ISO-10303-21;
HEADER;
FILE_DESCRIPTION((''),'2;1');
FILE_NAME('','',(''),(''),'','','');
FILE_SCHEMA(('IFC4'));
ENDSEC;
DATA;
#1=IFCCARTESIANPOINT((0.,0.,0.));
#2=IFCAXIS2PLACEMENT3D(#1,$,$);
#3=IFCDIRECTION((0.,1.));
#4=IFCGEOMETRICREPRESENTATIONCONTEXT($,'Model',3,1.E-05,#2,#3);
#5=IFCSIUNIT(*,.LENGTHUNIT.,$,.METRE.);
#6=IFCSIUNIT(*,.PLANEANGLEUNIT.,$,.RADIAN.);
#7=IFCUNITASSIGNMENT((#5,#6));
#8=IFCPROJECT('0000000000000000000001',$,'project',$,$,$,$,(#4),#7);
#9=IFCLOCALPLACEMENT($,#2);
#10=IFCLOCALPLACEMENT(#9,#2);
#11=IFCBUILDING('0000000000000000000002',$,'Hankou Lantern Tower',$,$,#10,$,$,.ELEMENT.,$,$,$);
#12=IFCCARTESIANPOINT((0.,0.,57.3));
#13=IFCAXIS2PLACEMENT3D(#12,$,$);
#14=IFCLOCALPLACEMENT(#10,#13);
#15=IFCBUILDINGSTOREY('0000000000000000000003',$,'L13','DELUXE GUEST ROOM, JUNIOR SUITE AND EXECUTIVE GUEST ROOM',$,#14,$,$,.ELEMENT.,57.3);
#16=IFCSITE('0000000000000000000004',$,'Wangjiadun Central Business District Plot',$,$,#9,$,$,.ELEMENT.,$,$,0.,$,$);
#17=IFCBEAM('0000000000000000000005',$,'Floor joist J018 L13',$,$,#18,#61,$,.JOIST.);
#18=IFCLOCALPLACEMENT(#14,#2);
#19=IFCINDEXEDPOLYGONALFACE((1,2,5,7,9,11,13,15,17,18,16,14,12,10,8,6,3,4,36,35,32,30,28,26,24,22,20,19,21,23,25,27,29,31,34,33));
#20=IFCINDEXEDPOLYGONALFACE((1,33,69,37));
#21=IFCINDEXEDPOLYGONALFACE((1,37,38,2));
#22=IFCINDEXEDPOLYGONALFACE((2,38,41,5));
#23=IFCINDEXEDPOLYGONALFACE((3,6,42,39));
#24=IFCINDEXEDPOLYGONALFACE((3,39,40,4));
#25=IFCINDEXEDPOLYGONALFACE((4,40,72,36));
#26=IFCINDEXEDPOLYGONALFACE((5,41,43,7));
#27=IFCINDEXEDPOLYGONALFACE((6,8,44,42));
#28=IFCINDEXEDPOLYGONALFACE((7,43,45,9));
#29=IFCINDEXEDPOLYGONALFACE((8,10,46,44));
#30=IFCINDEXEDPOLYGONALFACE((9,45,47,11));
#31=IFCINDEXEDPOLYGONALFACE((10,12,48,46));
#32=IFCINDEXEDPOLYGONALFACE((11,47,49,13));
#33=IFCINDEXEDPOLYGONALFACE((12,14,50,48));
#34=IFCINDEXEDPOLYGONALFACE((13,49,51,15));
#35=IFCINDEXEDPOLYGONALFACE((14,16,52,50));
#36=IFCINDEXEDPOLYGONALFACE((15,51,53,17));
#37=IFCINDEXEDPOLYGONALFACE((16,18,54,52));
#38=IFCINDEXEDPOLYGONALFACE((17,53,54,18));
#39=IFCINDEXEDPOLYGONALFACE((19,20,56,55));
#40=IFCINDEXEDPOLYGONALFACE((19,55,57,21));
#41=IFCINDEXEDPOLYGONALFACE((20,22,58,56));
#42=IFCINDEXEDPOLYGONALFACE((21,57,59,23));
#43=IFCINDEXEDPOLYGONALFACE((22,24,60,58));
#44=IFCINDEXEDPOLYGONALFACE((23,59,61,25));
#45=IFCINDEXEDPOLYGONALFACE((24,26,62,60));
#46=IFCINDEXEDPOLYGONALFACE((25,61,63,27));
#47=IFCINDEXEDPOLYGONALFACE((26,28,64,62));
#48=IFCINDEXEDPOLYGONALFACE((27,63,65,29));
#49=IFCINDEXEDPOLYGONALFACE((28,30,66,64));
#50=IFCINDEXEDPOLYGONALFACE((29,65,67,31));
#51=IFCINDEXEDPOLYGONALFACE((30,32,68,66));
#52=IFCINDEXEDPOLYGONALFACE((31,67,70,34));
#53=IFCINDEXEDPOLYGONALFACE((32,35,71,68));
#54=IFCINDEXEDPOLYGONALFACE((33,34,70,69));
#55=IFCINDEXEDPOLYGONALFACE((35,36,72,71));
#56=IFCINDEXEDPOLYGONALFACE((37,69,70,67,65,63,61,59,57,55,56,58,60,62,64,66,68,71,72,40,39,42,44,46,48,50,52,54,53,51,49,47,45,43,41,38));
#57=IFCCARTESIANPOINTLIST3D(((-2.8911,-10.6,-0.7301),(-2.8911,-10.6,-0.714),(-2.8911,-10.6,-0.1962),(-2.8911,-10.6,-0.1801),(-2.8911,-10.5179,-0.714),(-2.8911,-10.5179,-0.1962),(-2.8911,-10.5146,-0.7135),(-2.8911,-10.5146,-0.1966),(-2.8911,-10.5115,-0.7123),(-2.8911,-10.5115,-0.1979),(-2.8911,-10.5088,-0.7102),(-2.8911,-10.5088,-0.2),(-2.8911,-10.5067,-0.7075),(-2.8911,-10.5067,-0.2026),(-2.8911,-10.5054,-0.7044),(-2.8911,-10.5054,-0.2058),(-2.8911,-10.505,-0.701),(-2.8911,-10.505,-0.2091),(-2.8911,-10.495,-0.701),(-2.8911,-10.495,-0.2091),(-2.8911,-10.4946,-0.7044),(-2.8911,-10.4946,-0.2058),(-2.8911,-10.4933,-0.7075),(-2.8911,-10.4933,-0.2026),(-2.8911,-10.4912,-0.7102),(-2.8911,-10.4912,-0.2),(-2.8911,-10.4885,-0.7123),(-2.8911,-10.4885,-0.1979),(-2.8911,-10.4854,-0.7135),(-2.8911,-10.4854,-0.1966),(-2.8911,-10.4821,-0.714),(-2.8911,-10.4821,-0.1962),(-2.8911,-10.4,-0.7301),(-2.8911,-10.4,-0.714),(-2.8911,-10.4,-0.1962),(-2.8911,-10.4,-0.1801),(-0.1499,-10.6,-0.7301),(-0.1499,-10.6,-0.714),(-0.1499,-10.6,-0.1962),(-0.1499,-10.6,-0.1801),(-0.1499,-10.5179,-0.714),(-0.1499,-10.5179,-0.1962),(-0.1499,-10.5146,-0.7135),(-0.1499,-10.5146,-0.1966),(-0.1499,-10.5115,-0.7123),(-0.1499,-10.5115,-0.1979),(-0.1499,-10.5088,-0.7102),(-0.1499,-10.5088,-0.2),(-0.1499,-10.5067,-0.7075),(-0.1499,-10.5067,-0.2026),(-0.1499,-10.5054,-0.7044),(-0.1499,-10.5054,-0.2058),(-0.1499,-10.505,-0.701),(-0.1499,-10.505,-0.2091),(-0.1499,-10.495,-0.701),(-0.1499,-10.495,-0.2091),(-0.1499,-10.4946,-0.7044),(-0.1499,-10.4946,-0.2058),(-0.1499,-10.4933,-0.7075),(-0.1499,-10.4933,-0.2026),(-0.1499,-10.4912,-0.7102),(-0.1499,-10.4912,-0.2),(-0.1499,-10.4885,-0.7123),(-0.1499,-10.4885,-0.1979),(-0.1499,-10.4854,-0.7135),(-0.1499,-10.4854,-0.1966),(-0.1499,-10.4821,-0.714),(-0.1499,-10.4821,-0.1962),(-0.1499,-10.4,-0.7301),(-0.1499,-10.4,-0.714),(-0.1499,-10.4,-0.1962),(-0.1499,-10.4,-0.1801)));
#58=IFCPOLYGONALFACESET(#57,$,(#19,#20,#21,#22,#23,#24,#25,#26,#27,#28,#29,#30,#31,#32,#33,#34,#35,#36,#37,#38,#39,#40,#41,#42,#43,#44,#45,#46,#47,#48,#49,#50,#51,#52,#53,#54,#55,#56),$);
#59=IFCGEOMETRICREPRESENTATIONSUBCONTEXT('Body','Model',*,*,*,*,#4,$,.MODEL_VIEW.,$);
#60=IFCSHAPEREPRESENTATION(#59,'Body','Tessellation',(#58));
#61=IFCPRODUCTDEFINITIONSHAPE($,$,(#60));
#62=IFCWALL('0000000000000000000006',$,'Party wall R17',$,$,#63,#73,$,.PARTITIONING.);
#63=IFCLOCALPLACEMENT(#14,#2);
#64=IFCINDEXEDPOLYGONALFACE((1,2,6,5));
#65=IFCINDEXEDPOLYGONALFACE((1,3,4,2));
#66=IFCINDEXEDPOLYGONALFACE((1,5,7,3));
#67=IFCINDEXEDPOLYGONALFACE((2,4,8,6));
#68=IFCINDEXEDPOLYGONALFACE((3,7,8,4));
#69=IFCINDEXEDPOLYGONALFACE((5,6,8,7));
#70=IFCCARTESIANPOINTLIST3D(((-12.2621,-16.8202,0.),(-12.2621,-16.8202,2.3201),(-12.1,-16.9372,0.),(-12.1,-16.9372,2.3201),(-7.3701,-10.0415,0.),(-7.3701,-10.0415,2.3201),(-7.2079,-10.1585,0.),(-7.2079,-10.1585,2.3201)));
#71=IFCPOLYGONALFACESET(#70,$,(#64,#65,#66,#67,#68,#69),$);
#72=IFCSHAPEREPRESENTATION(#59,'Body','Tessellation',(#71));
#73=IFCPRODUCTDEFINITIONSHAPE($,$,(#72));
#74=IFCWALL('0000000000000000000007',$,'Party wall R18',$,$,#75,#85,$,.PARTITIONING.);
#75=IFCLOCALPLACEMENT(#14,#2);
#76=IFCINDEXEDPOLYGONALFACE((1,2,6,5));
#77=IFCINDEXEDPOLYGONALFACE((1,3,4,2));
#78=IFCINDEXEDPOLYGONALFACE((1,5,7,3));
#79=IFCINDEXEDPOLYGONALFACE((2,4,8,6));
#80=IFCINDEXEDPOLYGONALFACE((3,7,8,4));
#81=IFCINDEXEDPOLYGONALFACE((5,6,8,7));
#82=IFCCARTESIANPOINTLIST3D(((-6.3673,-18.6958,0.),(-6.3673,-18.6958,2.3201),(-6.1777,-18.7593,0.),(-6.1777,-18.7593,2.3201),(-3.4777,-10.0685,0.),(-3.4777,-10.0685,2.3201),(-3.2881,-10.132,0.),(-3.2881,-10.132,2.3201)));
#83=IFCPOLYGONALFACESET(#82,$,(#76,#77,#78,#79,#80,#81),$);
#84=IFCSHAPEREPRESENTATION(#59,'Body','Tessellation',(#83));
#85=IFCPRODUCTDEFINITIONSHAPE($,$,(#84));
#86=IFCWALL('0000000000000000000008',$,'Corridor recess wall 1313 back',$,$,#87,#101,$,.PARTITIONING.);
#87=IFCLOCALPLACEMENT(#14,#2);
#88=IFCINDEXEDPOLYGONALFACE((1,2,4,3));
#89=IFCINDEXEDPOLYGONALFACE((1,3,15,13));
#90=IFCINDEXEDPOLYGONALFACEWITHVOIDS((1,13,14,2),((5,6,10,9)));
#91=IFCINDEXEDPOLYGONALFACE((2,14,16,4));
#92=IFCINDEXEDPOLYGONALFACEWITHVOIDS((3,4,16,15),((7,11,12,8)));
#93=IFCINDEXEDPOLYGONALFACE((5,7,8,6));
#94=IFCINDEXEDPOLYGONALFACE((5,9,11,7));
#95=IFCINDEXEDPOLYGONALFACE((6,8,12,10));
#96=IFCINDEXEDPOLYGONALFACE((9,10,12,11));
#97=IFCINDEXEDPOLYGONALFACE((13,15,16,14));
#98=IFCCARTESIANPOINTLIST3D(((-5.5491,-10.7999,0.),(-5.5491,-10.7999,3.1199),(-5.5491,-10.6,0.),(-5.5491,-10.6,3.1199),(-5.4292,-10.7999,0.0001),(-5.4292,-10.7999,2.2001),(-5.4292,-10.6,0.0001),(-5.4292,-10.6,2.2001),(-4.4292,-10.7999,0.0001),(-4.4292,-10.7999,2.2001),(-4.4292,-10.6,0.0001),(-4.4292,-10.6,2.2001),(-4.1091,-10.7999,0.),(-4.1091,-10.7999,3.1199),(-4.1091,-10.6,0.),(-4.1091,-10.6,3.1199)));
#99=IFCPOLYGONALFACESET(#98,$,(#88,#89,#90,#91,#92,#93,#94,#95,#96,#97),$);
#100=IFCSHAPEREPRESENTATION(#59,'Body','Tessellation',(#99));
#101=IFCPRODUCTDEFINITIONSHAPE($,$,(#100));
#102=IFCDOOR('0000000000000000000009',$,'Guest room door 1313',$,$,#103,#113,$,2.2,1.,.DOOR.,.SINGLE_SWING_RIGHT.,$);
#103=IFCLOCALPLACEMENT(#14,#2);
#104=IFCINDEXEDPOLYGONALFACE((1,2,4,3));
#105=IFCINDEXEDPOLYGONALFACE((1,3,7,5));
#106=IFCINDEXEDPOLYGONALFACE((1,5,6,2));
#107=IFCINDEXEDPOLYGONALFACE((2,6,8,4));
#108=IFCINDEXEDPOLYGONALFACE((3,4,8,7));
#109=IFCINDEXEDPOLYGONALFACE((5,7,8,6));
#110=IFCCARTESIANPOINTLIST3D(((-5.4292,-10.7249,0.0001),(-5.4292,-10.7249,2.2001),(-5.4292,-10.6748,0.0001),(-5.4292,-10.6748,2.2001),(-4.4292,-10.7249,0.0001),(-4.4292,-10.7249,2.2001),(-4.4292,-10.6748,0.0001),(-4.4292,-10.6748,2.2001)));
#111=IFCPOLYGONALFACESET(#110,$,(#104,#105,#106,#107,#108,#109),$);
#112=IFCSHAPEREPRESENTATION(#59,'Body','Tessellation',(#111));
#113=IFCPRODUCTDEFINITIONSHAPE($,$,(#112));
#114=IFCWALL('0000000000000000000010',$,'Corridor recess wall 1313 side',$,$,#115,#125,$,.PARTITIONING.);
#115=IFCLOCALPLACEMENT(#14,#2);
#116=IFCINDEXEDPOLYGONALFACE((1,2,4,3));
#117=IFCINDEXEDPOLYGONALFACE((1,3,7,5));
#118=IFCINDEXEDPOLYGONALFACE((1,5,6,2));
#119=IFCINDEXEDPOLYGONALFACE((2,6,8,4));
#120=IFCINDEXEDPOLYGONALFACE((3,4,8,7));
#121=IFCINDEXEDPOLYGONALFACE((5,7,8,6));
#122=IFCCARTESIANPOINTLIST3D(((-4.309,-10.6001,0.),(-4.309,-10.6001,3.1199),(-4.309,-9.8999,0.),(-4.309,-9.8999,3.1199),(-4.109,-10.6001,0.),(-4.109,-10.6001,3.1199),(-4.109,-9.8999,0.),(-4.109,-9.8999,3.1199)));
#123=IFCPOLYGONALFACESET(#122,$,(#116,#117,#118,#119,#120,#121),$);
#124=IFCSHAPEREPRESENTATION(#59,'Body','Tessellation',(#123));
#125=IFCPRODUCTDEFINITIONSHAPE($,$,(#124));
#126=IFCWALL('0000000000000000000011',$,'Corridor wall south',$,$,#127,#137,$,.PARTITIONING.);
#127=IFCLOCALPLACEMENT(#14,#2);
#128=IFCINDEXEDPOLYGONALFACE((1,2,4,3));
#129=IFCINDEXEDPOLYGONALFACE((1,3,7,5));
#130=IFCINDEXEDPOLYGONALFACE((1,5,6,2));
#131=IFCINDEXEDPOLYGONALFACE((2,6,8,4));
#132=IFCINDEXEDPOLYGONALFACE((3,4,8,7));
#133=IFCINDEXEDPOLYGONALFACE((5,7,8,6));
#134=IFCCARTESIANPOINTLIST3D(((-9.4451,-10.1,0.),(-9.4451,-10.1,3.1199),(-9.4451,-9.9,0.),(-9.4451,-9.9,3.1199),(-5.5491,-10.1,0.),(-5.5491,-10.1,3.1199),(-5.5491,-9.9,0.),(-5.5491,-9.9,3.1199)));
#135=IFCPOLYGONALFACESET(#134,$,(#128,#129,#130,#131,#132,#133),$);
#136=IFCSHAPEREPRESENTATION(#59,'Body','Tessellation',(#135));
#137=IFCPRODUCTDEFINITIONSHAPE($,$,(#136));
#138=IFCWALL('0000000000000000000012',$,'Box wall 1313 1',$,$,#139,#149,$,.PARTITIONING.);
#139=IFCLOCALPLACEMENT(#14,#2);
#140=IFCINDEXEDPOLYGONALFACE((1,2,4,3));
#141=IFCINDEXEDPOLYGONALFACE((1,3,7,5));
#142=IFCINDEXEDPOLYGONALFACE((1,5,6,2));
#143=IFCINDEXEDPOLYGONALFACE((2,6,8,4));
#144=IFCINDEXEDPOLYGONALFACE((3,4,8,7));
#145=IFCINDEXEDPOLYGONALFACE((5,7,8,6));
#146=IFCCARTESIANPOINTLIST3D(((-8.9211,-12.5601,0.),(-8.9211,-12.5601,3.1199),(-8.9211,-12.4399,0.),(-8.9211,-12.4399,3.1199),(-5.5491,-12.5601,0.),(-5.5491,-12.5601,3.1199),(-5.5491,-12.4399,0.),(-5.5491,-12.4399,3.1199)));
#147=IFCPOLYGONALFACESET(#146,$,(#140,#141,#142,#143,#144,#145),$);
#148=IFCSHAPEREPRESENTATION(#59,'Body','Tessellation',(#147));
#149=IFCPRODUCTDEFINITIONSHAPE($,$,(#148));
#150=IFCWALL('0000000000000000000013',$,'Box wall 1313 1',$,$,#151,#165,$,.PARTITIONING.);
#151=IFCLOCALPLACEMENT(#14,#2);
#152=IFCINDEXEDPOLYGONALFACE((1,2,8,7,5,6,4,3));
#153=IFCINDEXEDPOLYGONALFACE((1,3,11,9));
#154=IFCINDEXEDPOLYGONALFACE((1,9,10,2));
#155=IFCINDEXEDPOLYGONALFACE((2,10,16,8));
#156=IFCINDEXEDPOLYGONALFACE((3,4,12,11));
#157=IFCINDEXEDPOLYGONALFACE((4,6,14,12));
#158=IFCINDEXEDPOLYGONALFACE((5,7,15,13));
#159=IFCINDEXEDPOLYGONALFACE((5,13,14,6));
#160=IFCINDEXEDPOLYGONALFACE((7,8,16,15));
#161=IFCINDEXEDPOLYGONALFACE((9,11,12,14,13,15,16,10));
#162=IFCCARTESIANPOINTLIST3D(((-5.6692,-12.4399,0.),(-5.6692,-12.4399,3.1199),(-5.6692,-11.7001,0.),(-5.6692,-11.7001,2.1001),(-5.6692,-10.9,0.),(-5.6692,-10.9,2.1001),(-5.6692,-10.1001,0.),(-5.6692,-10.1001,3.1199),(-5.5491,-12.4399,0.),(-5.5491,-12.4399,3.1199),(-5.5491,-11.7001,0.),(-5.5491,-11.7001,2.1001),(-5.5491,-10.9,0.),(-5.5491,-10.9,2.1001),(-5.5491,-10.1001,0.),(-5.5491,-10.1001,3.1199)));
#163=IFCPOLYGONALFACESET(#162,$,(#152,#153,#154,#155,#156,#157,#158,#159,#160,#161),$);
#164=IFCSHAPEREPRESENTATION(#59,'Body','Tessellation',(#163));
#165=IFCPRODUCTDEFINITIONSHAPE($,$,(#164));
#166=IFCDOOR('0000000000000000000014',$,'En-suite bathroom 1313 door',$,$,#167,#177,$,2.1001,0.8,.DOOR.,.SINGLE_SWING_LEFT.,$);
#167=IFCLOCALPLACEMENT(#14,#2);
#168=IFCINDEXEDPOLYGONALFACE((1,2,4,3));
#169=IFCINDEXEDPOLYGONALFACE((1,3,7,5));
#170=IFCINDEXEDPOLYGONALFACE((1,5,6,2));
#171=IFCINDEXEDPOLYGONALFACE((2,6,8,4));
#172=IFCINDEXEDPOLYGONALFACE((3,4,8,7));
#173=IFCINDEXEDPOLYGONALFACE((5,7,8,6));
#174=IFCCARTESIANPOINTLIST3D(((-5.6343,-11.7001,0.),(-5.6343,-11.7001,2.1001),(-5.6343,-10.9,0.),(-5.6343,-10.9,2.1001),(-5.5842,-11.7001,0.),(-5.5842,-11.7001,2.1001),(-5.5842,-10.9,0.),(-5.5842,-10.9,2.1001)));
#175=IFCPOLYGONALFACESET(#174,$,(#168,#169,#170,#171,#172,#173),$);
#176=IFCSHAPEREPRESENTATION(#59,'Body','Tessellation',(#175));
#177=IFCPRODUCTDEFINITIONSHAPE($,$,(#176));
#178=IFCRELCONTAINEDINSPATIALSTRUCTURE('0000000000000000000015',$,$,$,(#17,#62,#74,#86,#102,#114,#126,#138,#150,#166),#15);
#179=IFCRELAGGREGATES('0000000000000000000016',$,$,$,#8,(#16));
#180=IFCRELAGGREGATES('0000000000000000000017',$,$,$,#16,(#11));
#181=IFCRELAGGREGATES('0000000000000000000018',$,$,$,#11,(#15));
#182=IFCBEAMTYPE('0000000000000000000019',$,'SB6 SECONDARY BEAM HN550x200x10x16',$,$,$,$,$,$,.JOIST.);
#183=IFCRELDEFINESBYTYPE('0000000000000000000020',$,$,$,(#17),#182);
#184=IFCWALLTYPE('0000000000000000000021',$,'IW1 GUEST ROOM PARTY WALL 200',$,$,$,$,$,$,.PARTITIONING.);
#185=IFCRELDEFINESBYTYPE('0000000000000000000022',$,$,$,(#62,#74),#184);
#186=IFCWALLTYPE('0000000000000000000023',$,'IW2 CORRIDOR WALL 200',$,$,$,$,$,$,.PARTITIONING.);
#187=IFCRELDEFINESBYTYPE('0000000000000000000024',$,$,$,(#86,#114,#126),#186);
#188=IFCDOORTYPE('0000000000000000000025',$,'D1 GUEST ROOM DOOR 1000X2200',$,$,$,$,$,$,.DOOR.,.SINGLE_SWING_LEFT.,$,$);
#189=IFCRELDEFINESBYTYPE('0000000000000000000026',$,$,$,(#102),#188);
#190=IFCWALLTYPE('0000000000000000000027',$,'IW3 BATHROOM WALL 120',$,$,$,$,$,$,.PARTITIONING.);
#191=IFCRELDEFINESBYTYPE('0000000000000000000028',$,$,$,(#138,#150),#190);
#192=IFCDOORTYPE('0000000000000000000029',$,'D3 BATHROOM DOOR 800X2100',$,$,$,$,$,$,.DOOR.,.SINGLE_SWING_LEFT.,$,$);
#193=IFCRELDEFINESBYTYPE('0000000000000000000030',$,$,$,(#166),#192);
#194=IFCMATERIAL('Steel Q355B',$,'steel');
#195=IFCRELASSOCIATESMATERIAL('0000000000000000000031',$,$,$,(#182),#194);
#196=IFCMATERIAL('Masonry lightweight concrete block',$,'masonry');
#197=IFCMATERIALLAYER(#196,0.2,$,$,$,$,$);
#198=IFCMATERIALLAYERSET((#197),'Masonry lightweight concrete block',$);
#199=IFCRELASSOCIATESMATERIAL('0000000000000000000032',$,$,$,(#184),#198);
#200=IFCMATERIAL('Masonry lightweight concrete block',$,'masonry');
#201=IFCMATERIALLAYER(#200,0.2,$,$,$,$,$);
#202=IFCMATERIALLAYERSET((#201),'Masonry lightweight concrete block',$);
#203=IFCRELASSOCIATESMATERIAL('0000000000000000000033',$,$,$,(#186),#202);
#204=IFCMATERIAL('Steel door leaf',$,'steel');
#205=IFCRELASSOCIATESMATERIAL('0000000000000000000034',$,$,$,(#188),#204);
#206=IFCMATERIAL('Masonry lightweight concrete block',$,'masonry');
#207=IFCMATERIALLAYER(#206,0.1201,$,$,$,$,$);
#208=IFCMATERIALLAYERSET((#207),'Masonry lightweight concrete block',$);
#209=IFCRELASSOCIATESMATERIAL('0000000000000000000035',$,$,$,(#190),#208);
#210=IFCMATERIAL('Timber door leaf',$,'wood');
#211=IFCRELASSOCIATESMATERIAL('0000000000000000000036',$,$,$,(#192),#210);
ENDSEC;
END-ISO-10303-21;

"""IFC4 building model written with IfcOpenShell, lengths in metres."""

from ifc_helpers import new_model, si_unit, direction, frame, frame_2d, origin, origin_2d, place, context, subcontext, project, spatial, rectangle, i_section, extrude, material, layer, layer_set, material_profile, profile_set, type_object, element, fill, save


model = new_model("IFC4")

# Units and contexts
model_context = context("Model", 3, precision=1e-05, world=origin(), true_north=direction((0.0, 1.0)))
body_context = subcontext(model_context, "Body", "Model", "MODEL_VIEW")
ifc_project = project(units=[si_unit("LENGTHUNIT", "METRE"), si_unit("PLANEANGLEUNIT", "RADIAN")], contexts=[model_context])

# Site, building, storey
site_placement = place(None, origin())
site = spatial("IfcSite", under=ifc_project, at=site_placement, Name="Wangjiadun Central Business District Plot", CompositionType="ELEMENT", RefElevation=0.0)
building_placement = place(site_placement, origin())
building = spatial("IfcBuilding", under=site, at=building_placement, Name="Hankou Lantern Tower", CompositionType="ELEMENT")
storey_placement = place(building_placement, frame((0.0, 0.0, 57.3)))
storey = spatial("IfcBuildingStorey", under=building, at=storey_placement, Name="L13", Description="DELUXE GUEST ROOM, JUNIOR SUITE AND EXECUTIVE GUEST ROOM", CompositionType="ELEMENT", Elevation=57.3)

# Beam
ifc_material_1 = material(Name="Steel Q355B", Category="steel")
ifc_material_profile_1 = material_profile(ifc_material_1, i_section(OverallWidth=0.2, OverallDepth=0.55, WebThickness=0.01, FlangeThickness=0.0161, FilletRadius=0.0129, at=origin_2d()), Name="HN550x200x10x16")
ifc_profile_set_1 = profile_set([ifc_material_profile_1], Name="Steel Q355B")
beam_type_1 = type_object("IfcBeamType", Name="SB6 SECONDARY BEAM HN550x200x10x16", PredefinedType="JOIST", material=ifc_profile_set_1)
beam_1_placement = place(storey_placement, frame((-2.8911, -10.5, -0.4551), z_axis=(1.0, 0.0, 0.0), x_axis=(0.0, 1.0, 0.0)))
element("IfcBeam", 1, at=beam_1_placement, inside=storey, type_object=beam_type_1, Name="Floor joist J018 L13", PredefinedType="JOIST", context=body_context, shape_type="SweptSolid", body=[
    extrude(i_section(OverallWidth=0.2, OverallDepth=0.55, WebThickness=0.01, FlangeThickness=0.0161, FilletRadius=0.0129, at=origin_2d()), origin(), (0.0, 0.0, 1.0), 2.7412),
])

# Walls
ifc_material_2 = material(Name="Masonry lightweight concrete block", Category="masonry")
ifc_layer_1 = layer(ifc_material_2, 0.2)
ifc_layer_set_1 = layer_set([ifc_layer_1], Name="Masonry lightweight concrete block")
wall_type_1 = type_object("IfcWallType", Name="IW1 GUEST ROOM PARTY WALL 200", PredefinedType="PARTITIONING", material=ifc_layer_set_1)
wall_1_placement = place(storey_placement, frame((-7.2891, -10.1001, 0.0), z_axis=(0.0, 0.0, 1.0), x_axis=(-0.585198, -0.81089, 0.0)))
element("IfcWall", 2, at=wall_1_placement, inside=storey, type_object=wall_type_1, Name="Party wall R17", PredefinedType="PARTITIONING", context=body_context, shape_type="SweptSolid", body=[
    extrude(rectangle(XDim=8.3596, YDim=0.2, at=frame_2d((4.1797, 0.0))), origin(), (0.0, 0.0, 1.0), 2.3201),
])
wall_2_placement = place(storey_placement, frame((-3.3828, -10.1001, 0.0), z_axis=(0.0, 0.0, 1.0), x_axis=(-0.317596, -0.948226, 0.0)))
element("IfcWall", 3, at=wall_2_placement, inside=storey, type_object=wall_type_1, Name="Party wall R18", PredefinedType="PARTITIONING", context=body_context, shape_type="SweptSolid", body=[
    extrude(rectangle(XDim=9.0984, YDim=0.2, at=frame_2d((4.5493, 0.0))), origin(), (0.0, 0.0, 1.0), 2.3201),
])

# Wall, opening, door
ifc_material_3 = material(Name="Masonry lightweight concrete block", Category="masonry")
ifc_layer_2 = layer(ifc_material_3, 0.2)
ifc_layer_set_2 = layer_set([ifc_layer_2], Name="Masonry lightweight concrete block")
wall_type_2 = type_object("IfcWallType", Name="IW2 CORRIDOR WALL 200", PredefinedType="PARTITIONING", material=ifc_layer_set_2)
wall_3_placement = place(storey_placement, frame((-4.1091, -10.7, 0.0), z_axis=(0.0, 0.0, 1.0), x_axis=(-1.0, 0.0, 0.0)))
wall_3 = element("IfcWall", 4, at=wall_3_placement, inside=storey, type_object=wall_type_2, Name="Corridor recess wall 1313 back", PredefinedType="PARTITIONING", context=body_context, shape_type="SweptSolid", body=[
    extrude(rectangle(XDim=1.4399, YDim=0.2, at=frame_2d((0.72, 0.0))), origin(), (0.0, 0.0, 1.0), 3.1199),
])
opening_1_placement = place(wall_3_placement, frame((0.3201, 0.0, 0.0)))
opening_1 = element("IfcOpeningElement", 5, at=opening_1_placement, cuts=wall_3, PredefinedType="OPENING", context=body_context, shape_type="SweptSolid", body=[
    extrude(rectangle(XDim=1.0, YDim=2.2, at=frame_2d((0.5, 1.1001))), frame((0.0, 0.1099, 0.0), z_axis=(0.0, -1.0, 0.0), x_axis=(1.0, 0.0, 0.0)), (0.0, 0.0, 1.0), 0.22),
])
ifc_material_4 = material(Name="Steel door leaf", Category="steel")
door_type_1 = type_object("IfcDoorType", Name="D1 GUEST ROOM DOOR 1000X2200", OperationType="SINGLE_SWING_LEFT", PredefinedType="DOOR", material=ifc_material_4)
door_1_placement = place(opening_1_placement, origin())
door_1 = element("IfcDoor", 6, at=door_1_placement, inside=storey, type_object=door_type_1, Name="Guest room door 1313", OperationType="SINGLE_SWING_RIGHT", OverallHeight=2.2, OverallWidth=1.0, PredefinedType="DOOR", context=body_context, shape_type="SweptSolid", body=[
    extrude(rectangle(XDim=1.0, YDim=2.2, at=frame_2d((0.5, 1.1001))), frame((0.0, 0.0249, 0.0), z_axis=(0.0, -1.0, 0.0), x_axis=(1.0, 0.0, 0.0)), (0.0, 0.0, 1.0), 0.05),
])
fill(opening_1, door_1)

# Walls
wall_4_placement = place(storey_placement, frame((-4.209, -9.8999, 0.0), z_axis=(0.0, 0.0, 1.0), x_axis=(0.0, -1.0, 0.0)))
element("IfcWall", 7, at=wall_4_placement, inside=storey, type_object=wall_type_2, Name="Corridor recess wall 1313 side", PredefinedType="PARTITIONING", context=body_context, shape_type="SweptSolid", body=[
    extrude(rectangle(XDim=0.7002, YDim=0.2, at=frame_2d((0.3501, 0.0))), origin(), (0.0, 0.0, 1.0), 3.1199),
])
wall_5_placement = place(storey_placement, frame((-5.5491, -10.0, 0.0), z_axis=(0.0, 0.0, 1.0), x_axis=(-1.0, 0.0, 0.0)))
element("IfcWall", 8, at=wall_5_placement, inside=storey, type_object=wall_type_2, Name="Corridor wall south", PredefinedType="PARTITIONING", context=body_context, shape_type="SweptSolid", body=[
    extrude(rectangle(XDim=3.896, YDim=0.2, at=frame_2d((1.948, 0.0))), origin(), (0.0, 0.0, 1.0), 3.1199),
])
ifc_material_5 = material(Name="Masonry lightweight concrete block", Category="masonry")
ifc_layer_3 = layer(ifc_material_5, 0.1201)
ifc_layer_set_3 = layer_set([ifc_layer_3], Name="Masonry lightweight concrete block")
wall_type_3 = type_object("IfcWallType", Name="IW3 BATHROOM WALL 120", PredefinedType="PARTITIONING", material=ifc_layer_set_3)
wall_6_placement = place(storey_placement, frame((-8.9211, -12.5, 0.0), z_axis=(0.0, 0.0, 1.0), x_axis=(1.0, 0.0, 0.0)))
element("IfcWall", 9, at=wall_6_placement, inside=storey, type_object=wall_type_3, Name="Box wall 1313 1", PredefinedType="PARTITIONING", context=body_context, shape_type="SweptSolid", body=[
    extrude(rectangle(XDim=3.3721, YDim=0.1201, at=frame_2d((1.686, 0.0))), origin(), (0.0, 0.0, 1.0), 3.1199),
])

# Wall, opening, door
wall_7_placement = place(storey_placement, frame((-5.6091, -10.1001, 0.0), z_axis=(0.0, 0.0, 1.0), x_axis=(0.0, -1.0, 0.0)))
wall_7 = element("IfcWall", 10, at=wall_7_placement, inside=storey, type_object=wall_type_3, Name="Box wall 1313 1", PredefinedType="PARTITIONING", context=body_context, shape_type="SweptSolid", body=[
    extrude(rectangle(XDim=2.3398, YDim=0.1201, at=frame_2d((1.1699, 0.0))), origin(), (0.0, 0.0, 1.0), 3.1199),
])
opening_2_placement = place(wall_7_placement, frame((0.8, 0.0, 0.0)))
opening_2 = element("IfcOpeningElement", 11, at=opening_2_placement, cuts=wall_7, PredefinedType="OPENING", context=body_context, shape_type="SweptSolid", body=[
    extrude(rectangle(XDim=0.8, YDim=2.1001, at=frame_2d((0.3999, 1.05))), frame((0.0, 0.0701, 0.0), z_axis=(0.0, -1.0, 0.0), x_axis=(1.0, 0.0, 0.0)), (0.0, 0.0, 1.0), 0.1401),
])
ifc_material_6 = material(Name="Timber door leaf", Category="wood")
door_type_2 = type_object("IfcDoorType", Name="D3 BATHROOM DOOR 800X2100", OperationType="SINGLE_SWING_LEFT", PredefinedType="DOOR", material=ifc_material_6)
door_2_placement = place(opening_2_placement, origin())
door_2 = element("IfcDoor", 12, at=door_2_placement, inside=storey, type_object=door_type_2, Name="En-suite bathroom 1313 door", OperationType="SINGLE_SWING_LEFT", OverallHeight=2.1001, OverallWidth=0.8, PredefinedType="DOOR", context=body_context, shape_type="SweptSolid", body=[
    extrude(rectangle(XDim=0.8, YDim=2.1001, at=frame_2d((0.3999, 1.05))), frame((0.0, 0.0249, 0.0), z_axis=(0.0, -1.0, 0.0), x_axis=(1.0, 0.0, 0.0)), (0.0, 0.0, 1.0), 0.05),
])
fill(opening_2, door_2)

save(model, "model.ifc")
